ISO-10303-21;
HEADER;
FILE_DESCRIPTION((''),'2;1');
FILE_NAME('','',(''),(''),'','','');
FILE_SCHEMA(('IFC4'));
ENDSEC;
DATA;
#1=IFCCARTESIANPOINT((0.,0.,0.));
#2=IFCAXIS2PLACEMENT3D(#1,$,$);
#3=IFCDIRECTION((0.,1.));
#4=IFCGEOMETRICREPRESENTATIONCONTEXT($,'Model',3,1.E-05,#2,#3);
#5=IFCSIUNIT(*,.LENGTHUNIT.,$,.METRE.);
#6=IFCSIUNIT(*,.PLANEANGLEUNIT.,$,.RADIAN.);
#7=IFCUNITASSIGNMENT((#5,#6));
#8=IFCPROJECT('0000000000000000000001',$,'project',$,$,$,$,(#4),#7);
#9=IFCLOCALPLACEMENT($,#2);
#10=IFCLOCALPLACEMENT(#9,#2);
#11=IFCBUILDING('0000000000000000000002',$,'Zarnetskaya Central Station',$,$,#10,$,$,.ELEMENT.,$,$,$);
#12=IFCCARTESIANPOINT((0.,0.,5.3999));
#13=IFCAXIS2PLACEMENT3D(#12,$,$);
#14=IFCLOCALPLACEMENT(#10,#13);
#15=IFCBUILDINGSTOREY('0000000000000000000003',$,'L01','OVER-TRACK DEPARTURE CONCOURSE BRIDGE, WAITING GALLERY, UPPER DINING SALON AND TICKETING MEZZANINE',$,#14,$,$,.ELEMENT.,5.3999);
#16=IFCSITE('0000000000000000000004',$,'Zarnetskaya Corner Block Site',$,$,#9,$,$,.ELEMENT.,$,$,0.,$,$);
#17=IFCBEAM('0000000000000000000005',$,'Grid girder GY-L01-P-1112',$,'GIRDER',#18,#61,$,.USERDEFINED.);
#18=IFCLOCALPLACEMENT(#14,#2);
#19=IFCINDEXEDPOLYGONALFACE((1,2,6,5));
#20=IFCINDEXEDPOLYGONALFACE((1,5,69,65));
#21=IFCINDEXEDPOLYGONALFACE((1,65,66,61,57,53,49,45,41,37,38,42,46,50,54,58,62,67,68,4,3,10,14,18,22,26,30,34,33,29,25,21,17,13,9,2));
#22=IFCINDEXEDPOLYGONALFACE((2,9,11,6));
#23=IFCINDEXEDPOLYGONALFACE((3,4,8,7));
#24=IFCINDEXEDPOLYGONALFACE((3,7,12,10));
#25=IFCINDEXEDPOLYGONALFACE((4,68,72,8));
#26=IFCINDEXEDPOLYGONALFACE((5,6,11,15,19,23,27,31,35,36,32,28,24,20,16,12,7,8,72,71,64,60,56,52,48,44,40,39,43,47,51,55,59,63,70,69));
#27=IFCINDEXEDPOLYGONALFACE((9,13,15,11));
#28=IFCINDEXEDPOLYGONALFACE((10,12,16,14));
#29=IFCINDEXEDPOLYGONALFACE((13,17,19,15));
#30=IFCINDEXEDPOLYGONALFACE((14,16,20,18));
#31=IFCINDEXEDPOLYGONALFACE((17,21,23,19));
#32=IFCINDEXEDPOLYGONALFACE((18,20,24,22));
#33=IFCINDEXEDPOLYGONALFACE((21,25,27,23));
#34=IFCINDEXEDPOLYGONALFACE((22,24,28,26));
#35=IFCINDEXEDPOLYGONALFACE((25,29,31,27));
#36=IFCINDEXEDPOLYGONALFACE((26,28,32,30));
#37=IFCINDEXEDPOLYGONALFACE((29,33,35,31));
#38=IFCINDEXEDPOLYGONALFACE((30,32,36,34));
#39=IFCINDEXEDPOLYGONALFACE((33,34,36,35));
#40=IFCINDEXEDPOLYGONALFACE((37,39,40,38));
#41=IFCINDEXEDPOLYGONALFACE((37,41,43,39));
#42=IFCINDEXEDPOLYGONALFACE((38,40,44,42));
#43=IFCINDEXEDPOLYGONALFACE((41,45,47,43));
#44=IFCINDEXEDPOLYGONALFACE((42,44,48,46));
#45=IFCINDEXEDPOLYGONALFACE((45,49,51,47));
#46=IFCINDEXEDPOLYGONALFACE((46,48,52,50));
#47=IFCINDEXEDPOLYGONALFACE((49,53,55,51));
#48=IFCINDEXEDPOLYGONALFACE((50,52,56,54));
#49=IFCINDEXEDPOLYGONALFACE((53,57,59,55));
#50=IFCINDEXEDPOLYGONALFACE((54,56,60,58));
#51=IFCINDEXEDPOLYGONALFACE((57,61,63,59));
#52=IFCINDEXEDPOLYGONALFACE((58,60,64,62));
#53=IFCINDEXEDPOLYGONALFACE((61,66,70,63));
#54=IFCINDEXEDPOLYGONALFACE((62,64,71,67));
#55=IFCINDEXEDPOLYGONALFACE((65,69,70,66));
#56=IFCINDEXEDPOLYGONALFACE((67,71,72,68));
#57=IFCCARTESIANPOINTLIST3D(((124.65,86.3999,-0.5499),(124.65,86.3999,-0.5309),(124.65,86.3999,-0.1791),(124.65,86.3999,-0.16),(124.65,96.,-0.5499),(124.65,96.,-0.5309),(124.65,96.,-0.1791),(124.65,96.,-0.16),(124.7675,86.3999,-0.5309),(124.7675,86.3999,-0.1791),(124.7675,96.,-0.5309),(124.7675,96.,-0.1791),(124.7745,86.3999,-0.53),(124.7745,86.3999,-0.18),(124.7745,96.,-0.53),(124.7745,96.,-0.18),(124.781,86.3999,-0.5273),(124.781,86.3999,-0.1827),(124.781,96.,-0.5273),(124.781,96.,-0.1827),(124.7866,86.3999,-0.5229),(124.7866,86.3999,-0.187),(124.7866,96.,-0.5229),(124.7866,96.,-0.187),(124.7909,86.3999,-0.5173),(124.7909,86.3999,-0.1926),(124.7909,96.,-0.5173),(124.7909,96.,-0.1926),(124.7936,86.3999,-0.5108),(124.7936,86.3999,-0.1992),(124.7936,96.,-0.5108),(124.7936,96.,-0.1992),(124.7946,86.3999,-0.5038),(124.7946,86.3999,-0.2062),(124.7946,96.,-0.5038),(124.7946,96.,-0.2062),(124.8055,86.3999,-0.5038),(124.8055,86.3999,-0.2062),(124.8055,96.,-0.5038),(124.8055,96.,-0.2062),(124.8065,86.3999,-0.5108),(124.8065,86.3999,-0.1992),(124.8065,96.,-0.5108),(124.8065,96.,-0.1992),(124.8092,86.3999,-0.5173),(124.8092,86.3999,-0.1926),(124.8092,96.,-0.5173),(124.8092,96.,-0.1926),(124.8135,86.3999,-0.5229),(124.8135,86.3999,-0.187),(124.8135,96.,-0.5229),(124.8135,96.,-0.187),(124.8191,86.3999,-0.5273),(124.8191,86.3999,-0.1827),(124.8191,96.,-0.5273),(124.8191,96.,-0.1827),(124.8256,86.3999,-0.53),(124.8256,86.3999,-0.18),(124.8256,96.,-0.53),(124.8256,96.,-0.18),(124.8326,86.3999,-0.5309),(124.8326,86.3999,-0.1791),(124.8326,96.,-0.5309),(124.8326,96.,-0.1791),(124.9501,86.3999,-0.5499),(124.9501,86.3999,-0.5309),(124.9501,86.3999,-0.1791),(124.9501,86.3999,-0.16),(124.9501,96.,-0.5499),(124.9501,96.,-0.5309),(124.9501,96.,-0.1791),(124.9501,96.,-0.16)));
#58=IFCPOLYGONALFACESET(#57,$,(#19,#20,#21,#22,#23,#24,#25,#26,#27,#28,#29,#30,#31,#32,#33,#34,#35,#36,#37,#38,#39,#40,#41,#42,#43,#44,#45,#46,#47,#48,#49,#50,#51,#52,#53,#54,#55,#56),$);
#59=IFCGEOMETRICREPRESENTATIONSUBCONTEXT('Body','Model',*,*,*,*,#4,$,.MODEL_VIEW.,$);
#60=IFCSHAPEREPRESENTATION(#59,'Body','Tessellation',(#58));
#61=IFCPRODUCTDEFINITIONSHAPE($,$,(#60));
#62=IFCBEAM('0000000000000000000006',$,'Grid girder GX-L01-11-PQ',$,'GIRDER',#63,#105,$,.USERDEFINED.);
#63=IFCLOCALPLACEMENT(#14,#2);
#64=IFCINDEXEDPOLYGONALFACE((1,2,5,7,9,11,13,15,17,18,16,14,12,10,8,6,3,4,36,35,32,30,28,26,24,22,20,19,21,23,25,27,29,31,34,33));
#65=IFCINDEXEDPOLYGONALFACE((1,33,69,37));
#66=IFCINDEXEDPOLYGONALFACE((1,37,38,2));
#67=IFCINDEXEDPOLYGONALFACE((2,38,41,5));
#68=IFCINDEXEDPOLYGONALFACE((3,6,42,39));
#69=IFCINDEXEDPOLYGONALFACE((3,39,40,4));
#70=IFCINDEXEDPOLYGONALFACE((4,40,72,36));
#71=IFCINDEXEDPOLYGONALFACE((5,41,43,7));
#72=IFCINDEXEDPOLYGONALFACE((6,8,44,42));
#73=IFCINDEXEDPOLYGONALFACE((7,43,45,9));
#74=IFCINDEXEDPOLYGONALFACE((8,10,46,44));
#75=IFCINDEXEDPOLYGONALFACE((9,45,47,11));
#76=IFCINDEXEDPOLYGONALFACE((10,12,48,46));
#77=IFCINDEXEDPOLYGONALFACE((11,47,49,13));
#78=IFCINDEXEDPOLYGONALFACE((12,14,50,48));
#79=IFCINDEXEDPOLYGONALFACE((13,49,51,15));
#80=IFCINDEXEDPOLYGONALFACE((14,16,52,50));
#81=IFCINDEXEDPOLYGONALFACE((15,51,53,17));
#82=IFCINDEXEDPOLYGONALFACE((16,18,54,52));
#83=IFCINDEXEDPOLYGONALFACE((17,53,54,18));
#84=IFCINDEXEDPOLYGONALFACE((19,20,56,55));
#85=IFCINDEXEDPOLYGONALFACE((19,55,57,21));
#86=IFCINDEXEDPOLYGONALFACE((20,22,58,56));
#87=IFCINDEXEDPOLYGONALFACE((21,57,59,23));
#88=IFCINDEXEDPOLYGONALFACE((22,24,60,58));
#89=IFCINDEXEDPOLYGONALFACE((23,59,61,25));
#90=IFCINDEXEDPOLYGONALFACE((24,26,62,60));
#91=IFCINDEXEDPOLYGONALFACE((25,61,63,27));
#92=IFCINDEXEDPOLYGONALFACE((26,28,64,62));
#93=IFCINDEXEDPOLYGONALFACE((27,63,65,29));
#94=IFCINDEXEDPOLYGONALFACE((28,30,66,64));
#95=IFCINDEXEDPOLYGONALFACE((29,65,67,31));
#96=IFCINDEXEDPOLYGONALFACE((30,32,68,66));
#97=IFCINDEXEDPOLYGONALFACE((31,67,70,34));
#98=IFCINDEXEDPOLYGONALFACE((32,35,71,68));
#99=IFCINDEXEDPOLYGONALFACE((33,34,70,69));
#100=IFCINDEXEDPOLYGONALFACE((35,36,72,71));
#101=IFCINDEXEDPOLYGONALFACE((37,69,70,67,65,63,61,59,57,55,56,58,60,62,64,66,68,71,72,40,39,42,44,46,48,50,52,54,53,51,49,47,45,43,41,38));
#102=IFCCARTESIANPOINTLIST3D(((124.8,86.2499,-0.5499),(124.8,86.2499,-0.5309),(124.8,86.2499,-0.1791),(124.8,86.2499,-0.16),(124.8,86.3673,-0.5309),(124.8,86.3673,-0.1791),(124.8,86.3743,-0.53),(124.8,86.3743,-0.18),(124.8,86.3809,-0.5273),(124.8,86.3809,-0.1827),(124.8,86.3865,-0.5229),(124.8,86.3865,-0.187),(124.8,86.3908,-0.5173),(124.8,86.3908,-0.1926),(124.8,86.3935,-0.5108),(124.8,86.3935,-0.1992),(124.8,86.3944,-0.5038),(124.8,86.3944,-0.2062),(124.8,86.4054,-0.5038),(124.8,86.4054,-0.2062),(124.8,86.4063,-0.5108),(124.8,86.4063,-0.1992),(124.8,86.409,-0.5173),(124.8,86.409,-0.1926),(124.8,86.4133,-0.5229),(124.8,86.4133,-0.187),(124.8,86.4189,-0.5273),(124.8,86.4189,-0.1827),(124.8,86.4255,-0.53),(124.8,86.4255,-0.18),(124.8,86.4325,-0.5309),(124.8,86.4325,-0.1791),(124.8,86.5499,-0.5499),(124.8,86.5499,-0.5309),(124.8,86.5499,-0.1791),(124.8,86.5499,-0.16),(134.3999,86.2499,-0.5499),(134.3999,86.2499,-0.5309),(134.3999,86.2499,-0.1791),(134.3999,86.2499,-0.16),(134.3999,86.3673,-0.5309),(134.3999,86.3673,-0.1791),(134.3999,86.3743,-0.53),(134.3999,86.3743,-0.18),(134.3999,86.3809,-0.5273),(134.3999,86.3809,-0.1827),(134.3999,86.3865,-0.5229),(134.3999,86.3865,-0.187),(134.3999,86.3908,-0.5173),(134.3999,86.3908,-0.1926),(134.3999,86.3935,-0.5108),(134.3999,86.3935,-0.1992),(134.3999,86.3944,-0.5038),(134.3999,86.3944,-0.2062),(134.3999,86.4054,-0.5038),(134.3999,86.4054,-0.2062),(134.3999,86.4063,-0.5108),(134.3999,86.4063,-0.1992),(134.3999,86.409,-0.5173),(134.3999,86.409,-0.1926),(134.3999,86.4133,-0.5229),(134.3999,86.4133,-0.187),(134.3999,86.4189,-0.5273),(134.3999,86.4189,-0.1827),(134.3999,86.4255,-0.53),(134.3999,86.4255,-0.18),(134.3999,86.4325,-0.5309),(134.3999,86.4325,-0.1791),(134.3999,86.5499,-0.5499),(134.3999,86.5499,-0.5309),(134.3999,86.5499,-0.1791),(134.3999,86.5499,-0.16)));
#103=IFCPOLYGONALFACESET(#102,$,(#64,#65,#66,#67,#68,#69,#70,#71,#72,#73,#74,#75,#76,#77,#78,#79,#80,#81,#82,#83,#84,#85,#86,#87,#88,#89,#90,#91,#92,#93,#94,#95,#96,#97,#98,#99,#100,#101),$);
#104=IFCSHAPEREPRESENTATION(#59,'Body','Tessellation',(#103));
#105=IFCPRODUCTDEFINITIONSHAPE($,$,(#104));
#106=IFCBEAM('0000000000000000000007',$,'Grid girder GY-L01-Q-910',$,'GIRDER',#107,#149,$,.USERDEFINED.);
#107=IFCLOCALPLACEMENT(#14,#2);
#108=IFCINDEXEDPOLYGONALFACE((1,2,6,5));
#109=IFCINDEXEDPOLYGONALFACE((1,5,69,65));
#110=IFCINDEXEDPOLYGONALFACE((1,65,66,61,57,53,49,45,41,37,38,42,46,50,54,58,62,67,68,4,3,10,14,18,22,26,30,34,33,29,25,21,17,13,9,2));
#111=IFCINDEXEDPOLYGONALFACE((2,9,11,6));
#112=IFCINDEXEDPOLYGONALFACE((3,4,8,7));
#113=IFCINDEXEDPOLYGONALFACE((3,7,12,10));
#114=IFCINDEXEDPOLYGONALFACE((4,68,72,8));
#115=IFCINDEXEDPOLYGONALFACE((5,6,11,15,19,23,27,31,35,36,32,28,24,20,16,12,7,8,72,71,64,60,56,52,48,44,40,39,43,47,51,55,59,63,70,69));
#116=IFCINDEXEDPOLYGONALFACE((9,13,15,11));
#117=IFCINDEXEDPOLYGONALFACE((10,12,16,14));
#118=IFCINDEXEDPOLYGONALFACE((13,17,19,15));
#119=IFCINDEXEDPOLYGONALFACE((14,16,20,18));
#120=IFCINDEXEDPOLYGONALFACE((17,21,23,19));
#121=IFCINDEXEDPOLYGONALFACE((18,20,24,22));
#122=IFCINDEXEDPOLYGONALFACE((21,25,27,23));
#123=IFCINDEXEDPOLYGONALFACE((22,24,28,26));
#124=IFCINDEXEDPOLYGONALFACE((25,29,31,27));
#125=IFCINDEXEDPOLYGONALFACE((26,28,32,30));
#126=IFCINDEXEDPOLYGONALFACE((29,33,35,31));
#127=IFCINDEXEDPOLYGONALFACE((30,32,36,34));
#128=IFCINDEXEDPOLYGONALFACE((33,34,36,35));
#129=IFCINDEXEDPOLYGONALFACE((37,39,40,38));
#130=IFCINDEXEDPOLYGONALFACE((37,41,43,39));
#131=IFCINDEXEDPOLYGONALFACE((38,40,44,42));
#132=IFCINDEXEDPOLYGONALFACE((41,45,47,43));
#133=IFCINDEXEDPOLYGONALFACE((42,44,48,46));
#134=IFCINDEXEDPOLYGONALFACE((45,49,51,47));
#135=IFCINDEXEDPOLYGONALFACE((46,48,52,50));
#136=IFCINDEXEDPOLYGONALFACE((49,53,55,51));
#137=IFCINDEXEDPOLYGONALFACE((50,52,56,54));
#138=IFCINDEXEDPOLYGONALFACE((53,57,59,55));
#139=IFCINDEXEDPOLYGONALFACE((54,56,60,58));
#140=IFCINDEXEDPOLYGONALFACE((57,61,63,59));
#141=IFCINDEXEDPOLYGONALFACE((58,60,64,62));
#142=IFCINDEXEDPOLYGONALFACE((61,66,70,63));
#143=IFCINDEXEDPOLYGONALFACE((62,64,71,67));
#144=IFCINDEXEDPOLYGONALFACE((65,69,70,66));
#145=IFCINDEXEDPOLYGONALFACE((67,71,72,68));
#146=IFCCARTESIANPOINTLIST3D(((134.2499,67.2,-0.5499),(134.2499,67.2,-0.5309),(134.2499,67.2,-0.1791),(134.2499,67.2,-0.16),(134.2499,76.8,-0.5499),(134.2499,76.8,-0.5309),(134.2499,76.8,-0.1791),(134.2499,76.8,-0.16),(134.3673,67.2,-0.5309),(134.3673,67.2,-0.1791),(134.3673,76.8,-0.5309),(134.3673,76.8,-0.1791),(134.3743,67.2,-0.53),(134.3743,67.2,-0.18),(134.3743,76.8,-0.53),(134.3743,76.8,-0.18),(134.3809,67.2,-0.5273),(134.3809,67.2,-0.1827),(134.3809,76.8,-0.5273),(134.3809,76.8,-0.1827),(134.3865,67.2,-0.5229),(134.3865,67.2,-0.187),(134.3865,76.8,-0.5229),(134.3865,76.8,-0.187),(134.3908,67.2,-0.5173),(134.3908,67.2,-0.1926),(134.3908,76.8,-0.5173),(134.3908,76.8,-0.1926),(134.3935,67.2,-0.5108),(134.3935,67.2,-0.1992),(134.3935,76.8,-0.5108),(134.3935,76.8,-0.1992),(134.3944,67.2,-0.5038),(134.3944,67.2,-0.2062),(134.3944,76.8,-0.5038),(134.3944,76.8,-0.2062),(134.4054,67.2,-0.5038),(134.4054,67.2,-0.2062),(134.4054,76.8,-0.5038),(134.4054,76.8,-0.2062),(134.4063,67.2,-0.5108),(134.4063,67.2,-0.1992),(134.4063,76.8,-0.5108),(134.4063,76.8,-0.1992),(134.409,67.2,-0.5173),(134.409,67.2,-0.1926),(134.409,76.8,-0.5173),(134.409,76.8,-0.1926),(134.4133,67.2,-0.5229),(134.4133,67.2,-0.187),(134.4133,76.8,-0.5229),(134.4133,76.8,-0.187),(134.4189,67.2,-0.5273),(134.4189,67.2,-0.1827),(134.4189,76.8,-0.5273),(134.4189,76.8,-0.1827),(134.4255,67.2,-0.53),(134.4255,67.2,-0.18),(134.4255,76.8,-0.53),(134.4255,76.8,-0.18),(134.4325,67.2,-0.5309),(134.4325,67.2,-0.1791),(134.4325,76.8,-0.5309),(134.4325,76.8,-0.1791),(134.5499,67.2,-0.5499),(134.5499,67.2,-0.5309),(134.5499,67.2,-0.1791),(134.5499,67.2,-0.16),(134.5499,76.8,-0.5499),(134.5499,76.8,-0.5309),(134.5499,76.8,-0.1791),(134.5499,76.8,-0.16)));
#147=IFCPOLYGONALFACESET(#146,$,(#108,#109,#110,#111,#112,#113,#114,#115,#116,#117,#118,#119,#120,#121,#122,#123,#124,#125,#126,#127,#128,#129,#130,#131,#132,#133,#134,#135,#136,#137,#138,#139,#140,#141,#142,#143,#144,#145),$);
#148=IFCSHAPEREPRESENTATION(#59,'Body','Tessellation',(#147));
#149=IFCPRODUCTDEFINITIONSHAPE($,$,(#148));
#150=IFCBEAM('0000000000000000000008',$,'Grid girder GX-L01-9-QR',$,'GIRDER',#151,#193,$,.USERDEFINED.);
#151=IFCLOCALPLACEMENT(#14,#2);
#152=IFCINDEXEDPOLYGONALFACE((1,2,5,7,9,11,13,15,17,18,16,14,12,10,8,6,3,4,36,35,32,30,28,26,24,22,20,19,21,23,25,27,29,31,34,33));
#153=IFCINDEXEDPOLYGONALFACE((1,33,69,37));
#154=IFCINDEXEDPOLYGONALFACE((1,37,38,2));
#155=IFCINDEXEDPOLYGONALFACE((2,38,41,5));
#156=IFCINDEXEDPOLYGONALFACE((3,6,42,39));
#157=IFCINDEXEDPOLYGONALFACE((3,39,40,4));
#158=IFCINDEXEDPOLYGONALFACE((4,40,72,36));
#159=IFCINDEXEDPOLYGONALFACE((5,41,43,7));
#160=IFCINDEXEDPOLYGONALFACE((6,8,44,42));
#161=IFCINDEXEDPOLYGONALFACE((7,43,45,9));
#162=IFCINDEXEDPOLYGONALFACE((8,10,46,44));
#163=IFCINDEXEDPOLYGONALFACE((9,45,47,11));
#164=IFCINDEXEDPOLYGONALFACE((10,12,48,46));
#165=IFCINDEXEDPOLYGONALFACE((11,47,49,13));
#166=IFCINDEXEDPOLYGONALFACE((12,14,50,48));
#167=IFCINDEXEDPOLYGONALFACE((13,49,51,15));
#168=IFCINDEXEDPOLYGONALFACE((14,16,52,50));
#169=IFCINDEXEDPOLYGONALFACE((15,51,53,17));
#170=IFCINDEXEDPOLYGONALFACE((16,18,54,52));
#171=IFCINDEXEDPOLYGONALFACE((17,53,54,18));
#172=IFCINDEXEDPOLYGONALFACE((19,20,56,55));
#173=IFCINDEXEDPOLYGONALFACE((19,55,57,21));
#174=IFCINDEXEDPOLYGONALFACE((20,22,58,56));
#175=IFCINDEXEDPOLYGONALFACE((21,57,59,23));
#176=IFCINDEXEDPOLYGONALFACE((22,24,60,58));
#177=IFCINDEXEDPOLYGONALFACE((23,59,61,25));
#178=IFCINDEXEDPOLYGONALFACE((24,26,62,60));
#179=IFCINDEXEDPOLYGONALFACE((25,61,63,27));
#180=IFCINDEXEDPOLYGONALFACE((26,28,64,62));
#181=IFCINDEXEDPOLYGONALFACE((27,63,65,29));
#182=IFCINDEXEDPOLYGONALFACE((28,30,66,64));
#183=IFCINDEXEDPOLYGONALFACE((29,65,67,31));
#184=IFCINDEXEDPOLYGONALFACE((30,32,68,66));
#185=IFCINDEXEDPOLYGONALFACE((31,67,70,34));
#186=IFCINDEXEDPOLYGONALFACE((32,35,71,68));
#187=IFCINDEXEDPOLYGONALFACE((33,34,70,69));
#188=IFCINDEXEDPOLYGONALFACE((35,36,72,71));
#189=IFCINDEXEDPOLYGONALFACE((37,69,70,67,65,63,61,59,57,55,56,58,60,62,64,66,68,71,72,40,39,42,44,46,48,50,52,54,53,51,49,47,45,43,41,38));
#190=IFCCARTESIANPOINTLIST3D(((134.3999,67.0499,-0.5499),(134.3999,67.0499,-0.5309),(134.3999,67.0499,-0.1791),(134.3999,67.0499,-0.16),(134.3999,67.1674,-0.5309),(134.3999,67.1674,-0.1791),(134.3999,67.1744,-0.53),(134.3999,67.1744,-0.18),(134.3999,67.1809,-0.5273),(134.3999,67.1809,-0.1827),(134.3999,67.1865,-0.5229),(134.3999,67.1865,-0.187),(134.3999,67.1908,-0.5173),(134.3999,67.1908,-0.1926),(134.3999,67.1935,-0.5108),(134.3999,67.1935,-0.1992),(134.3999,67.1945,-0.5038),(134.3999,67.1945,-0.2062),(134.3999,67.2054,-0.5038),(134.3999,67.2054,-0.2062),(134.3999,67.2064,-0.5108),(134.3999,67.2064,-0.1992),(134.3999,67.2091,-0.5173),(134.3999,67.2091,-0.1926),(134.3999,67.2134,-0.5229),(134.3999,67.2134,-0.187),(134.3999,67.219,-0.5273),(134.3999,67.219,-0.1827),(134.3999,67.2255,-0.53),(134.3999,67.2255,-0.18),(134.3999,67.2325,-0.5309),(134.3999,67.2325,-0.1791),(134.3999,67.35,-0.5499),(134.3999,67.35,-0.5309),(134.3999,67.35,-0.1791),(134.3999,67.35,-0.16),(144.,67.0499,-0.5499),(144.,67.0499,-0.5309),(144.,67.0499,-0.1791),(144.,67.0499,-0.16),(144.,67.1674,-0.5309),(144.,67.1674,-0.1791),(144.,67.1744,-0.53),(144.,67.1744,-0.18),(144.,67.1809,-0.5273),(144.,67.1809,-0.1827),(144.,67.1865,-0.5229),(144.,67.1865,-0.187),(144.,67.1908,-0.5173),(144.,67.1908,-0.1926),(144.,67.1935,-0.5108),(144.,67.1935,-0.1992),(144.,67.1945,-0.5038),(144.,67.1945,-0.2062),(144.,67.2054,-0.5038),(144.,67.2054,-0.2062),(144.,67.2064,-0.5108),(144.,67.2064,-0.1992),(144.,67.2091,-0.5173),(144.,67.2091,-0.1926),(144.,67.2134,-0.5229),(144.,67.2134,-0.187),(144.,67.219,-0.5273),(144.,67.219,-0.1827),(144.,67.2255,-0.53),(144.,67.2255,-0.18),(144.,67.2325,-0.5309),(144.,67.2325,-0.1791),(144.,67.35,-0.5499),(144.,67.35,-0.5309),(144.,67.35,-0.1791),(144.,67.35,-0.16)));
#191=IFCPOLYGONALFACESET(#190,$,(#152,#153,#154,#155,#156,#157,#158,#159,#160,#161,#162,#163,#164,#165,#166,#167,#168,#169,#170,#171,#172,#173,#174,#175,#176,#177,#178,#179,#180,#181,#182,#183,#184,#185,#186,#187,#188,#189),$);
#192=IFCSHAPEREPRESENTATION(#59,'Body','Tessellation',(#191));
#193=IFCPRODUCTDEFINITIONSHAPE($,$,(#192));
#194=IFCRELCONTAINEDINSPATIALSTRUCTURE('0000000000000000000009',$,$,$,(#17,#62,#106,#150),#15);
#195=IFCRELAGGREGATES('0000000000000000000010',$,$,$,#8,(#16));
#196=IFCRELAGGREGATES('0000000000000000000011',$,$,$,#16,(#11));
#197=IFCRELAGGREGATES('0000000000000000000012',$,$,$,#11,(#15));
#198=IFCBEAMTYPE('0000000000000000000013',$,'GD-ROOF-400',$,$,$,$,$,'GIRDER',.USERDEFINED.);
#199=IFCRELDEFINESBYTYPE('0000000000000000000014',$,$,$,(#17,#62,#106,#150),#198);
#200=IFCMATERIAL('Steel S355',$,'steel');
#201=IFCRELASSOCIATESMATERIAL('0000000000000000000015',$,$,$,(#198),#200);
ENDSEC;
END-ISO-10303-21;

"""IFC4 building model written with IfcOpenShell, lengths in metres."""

from ifc_helpers import new_model, si_unit, direction, frame, origin, origin_2d, place, context, subcontext, project, spatial, i_section, extrude, material, material_profile, profile_set, type_object, element, save


model = new_model("IFC4")

# Units and contexts
model_context = context("Model", 3, precision=1e-05, world=origin(), true_north=direction((0.0, 1.0)))
body_context = subcontext(model_context, "Body", "Model", "MODEL_VIEW")
ifc_project = project(units=[si_unit("LENGTHUNIT", "METRE"), si_unit("PLANEANGLEUNIT", "RADIAN")], contexts=[model_context])

# Site, building, storey
site_placement = place(None, origin())
site = spatial("IfcSite", under=ifc_project, at=site_placement, Name="Zarnetskaya Corner Block Site", CompositionType="ELEMENT", RefElevation=0.0)
building_placement = place(site_placement, origin())
building = spatial("IfcBuilding", under=site, at=building_placement, Name="Zarnetskaya Central Station", CompositionType="ELEMENT")
storey_placement = place(building_placement, frame((0.0, 0.0, 5.3999)))
storey = spatial("IfcBuildingStorey", under=building, at=storey_placement, Name="L01", Description="OVER-TRACK DEPARTURE CONCOURSE BRIDGE, WAITING GALLERY, UPPER DINING SALON AND TICKETING MEZZANINE", CompositionType="ELEMENT", Elevation=5.3999)

# Shared definitions
ifc_material_1 = material(Name="Steel S355", Category="steel")

# Beams
ifc_material_profile_1 = material_profile(ifc_material_1, i_section(OverallWidth=0.3, OverallDepth=0.3899, WebThickness=0.011, FlangeThickness=0.019, FilletRadius=0.0271, at=origin_2d()), Name="HEA 400")
ifc_profile_set_1 = profile_set([ifc_material_profile_1], Name="Steel S355")
beam_type_1 = type_object("IfcBeamType", Name="GD-ROOF-400", ElementType="GIRDER", PredefinedType="USERDEFINED", material=ifc_profile_set_1)
beam_1_placement = place(storey_placement, frame((124.8, 86.3999, -0.355), z_axis=(0.0, 1.0, 0.0), x_axis=(-1.0, 0.0, 0.0)))
element("IfcBeam", 1, at=beam_1_placement, inside=storey, type_object=beam_type_1, Name="Grid girder GY-L01-P-1112", ObjectType="GIRDER", PredefinedType="USERDEFINED", context=body_context, shape_type="SweptSolid", body=[
    extrude(i_section(OverallWidth=0.3, OverallDepth=0.3899, WebThickness=0.011, FlangeThickness=0.019, FilletRadius=0.0271, at=origin_2d()), origin(), (0.0, 0.0, 1.0), 9.6001),
])
beam_2_placement = place(storey_placement, frame((124.8, 86.3999, -0.355), z_axis=(1.0, 0.0, 0.0), x_axis=(0.0, 1.0, 0.0)))
element("IfcBeam", 2, at=beam_2_placement, inside=storey, type_object=beam_type_1, Name="Grid girder GX-L01-11-PQ", ObjectType="GIRDER", PredefinedType="USERDEFINED", context=body_context, shape_type="SweptSolid", body=[
    extrude(i_section(OverallWidth=0.3, OverallDepth=0.3899, WebThickness=0.011, FlangeThickness=0.019, FilletRadius=0.0271, at=origin_2d()), origin(), (0.0, 0.0, 1.0), 9.5999),
])
for number, where, z_axis, x_axis, name in (
    (3, (134.3999, 67.2, -0.355), (0.0, 1.0, 0.0), (-1.0, 0.0, 0.0), "Grid girder GY-L01-Q-910"),
    (4, (134.3999, 67.2, -0.355), (1.0, 0.0, 0.0), (0.0, 1.0, 0.0), "Grid girder GX-L01-9-QR"),
):
    element("IfcBeam", number, at=place(storey_placement, frame(where, z_axis=z_axis, x_axis=x_axis)), inside=storey, type_object=beam_type_1, Name=name, ObjectType="GIRDER", PredefinedType="USERDEFINED", context=body_context, shape_type="SweptSolid", body=[
        extrude(i_section(OverallWidth=0.3, OverallDepth=0.3899, WebThickness=0.011, FlangeThickness=0.019, FilletRadius=0.0271, at=origin_2d()), origin(), (0.0, 0.0, 1.0), 9.6001),
    ])

save(model, "model.ifc")
